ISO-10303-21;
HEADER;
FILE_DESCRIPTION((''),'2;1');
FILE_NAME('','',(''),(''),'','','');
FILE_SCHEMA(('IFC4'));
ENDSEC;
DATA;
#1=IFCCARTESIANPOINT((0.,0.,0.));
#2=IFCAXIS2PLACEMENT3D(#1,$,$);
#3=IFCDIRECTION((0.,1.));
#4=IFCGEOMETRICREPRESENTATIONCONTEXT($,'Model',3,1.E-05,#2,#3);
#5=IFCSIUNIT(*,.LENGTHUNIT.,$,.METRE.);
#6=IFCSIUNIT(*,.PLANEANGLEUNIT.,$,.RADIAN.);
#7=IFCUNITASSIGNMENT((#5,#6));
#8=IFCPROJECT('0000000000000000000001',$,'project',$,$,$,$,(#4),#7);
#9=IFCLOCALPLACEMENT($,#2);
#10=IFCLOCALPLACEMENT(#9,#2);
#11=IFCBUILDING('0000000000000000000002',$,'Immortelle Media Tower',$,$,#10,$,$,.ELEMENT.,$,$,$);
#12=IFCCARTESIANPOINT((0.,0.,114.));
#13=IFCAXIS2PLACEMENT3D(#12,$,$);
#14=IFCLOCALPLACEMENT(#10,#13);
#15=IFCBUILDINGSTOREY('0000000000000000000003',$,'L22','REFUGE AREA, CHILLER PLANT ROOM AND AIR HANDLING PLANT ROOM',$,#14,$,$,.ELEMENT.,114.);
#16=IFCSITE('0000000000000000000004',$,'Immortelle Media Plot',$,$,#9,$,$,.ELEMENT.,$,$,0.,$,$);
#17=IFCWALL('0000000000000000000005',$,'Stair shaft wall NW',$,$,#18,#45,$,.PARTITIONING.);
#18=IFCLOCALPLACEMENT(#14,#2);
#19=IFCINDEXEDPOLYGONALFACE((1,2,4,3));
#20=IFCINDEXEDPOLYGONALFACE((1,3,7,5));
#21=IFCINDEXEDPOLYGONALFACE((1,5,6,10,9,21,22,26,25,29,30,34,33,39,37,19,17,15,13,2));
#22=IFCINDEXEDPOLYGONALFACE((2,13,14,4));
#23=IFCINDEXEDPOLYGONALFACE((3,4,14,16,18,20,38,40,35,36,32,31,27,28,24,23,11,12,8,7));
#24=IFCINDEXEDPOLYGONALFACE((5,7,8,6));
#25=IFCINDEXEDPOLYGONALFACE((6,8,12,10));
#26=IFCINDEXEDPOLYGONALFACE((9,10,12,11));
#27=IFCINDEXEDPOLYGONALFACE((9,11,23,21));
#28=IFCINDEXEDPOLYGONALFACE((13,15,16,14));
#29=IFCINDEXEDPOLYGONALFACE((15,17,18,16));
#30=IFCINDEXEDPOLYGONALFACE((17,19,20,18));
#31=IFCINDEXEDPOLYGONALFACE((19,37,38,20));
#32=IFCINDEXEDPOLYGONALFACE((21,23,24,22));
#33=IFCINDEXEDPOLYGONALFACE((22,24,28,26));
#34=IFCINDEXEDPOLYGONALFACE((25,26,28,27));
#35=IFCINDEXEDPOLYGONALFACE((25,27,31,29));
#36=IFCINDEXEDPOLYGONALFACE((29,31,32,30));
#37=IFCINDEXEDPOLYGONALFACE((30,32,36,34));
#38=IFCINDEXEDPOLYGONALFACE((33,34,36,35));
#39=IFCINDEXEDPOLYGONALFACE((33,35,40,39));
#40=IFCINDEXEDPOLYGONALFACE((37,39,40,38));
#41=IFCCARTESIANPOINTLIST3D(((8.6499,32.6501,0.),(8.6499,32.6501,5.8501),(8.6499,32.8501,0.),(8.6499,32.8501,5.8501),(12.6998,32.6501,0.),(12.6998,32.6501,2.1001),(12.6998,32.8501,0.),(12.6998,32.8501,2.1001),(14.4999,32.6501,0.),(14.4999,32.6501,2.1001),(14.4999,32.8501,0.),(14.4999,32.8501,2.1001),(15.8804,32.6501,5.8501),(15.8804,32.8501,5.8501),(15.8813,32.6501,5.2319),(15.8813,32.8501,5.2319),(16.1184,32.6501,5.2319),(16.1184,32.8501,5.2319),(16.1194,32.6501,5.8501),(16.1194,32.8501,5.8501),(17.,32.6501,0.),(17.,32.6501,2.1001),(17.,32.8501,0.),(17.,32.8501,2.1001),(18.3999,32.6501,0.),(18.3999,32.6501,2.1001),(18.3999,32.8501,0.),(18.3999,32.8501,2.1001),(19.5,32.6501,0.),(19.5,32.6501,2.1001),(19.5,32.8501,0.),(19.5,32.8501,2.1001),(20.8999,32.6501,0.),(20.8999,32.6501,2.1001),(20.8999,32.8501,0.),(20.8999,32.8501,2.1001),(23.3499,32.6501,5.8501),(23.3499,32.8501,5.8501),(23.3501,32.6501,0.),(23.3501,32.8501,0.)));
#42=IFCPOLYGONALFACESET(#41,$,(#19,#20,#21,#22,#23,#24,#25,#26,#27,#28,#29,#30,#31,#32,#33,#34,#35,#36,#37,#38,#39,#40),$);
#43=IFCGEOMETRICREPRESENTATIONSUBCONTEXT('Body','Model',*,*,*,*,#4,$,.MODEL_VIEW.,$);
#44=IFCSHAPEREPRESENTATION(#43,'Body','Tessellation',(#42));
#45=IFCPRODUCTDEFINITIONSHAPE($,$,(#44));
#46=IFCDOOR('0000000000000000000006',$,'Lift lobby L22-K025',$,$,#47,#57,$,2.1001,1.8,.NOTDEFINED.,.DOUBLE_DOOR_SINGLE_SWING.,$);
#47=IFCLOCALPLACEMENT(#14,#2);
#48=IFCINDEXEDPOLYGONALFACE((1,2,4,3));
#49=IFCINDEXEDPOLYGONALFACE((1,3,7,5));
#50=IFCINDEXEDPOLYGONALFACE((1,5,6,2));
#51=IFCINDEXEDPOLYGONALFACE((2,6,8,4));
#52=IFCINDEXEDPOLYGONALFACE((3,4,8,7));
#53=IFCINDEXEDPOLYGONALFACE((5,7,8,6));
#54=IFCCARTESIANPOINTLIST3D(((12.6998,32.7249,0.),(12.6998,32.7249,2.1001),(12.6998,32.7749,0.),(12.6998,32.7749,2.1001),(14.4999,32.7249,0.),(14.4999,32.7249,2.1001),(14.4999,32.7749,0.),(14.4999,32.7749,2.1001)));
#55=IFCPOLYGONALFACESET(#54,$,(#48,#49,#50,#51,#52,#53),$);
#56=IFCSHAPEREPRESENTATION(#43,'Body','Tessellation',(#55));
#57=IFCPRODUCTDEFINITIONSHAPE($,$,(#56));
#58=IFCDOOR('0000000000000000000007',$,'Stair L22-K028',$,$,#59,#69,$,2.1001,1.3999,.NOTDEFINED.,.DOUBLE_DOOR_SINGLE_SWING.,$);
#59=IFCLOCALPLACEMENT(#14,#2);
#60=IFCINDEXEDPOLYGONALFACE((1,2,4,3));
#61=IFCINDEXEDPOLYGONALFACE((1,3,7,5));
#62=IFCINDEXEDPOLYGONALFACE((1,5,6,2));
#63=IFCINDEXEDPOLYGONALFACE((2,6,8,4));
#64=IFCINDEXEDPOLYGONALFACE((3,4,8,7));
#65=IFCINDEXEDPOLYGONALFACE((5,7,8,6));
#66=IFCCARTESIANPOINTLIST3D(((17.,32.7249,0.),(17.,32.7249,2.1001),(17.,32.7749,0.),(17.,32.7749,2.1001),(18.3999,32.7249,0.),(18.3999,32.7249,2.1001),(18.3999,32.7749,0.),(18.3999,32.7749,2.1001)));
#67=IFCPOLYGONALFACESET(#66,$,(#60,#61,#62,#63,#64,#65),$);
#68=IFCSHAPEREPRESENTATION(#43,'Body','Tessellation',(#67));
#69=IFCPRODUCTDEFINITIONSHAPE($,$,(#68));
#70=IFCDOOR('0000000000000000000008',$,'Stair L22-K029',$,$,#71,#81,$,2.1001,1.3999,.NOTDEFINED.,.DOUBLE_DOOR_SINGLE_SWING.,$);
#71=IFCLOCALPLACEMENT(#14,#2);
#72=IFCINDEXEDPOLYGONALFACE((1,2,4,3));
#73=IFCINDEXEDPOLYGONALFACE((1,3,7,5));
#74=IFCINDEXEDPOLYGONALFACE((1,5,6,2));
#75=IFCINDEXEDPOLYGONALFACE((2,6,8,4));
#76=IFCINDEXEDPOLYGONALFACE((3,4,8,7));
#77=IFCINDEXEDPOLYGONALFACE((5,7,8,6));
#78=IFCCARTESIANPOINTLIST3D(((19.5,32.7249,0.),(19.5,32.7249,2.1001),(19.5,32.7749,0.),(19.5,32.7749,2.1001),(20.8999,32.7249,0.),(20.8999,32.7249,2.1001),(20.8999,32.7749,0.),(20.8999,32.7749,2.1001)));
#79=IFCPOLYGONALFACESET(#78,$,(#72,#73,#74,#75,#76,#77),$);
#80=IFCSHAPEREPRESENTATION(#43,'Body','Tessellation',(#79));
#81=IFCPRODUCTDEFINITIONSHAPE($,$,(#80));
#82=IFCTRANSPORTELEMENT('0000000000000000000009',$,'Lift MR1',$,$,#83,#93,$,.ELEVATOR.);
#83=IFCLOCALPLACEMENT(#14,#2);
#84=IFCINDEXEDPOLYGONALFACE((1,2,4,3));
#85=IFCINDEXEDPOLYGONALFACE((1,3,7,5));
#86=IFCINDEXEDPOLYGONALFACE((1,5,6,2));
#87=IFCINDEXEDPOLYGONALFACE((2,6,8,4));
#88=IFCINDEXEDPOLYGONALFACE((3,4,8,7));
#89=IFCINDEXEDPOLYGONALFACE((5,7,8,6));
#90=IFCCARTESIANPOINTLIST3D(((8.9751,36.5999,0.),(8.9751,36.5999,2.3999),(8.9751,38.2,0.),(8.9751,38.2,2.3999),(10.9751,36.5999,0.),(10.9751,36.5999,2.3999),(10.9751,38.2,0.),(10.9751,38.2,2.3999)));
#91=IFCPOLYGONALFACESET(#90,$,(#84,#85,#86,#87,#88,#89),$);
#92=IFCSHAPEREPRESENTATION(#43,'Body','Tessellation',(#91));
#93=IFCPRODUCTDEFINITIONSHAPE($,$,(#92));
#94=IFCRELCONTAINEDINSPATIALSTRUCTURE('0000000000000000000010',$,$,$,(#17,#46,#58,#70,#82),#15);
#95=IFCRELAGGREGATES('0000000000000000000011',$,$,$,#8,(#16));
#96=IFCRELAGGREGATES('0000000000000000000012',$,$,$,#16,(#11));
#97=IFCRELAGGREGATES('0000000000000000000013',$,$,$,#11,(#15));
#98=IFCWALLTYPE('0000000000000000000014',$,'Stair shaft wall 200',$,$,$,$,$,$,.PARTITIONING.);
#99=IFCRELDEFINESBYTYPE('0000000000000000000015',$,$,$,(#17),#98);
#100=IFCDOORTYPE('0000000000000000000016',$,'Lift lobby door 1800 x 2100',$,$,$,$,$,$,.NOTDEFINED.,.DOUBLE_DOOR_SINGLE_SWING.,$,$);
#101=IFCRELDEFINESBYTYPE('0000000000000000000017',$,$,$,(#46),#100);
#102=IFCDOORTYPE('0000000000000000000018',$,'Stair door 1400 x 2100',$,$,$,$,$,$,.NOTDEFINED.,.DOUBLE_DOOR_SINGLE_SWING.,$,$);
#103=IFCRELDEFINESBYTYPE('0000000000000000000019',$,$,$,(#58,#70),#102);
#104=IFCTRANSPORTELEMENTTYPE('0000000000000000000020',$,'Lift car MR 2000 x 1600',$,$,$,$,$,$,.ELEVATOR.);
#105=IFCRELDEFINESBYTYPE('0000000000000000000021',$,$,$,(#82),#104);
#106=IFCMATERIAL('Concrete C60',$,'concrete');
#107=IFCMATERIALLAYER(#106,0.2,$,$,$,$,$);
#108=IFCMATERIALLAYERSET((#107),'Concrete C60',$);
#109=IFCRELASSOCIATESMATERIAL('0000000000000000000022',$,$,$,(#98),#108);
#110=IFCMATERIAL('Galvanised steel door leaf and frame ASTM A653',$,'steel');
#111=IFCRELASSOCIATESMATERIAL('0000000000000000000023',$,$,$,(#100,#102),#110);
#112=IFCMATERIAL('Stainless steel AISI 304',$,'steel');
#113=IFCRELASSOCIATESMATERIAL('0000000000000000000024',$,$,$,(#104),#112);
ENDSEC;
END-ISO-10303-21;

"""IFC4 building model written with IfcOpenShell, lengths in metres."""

from ifc_helpers import new_model, si_unit, direction, frame, frame_2d, origin, origin_2d, place, context, subcontext, project, spatial, polyline, rectangle, outline, extrude, material, layer, layer_set, type_object, element, fill, save


model = new_model("IFC4")

# Units and contexts
model_context = context("Model", 3, precision=1e-05, world=origin(), true_north=direction((0.0, 1.0)))
body_context = subcontext(model_context, "Body", "Model", "MODEL_VIEW")
ifc_project = project(units=[si_unit("LENGTHUNIT", "METRE"), si_unit("PLANEANGLEUNIT", "RADIAN")], contexts=[model_context])

# Site, building, storey
site_placement = place(None, origin())
site = spatial("IfcSite", under=ifc_project, at=site_placement, Name="Immortelle Media Plot", CompositionType="ELEMENT", RefElevation=0.0)
building_placement = place(site_placement, origin())
building = spatial("IfcBuilding", under=site, at=building_placement, Name="Immortelle Media Tower", CompositionType="ELEMENT")
storey_placement = place(building_placement, frame((0.0, 0.0, 114.0)))
storey = spatial("IfcBuildingStorey", under=building, at=storey_placement, Name="L22", Description="REFUGE AREA, CHILLER PLANT ROOM AND AIR HANDLING PLANT ROOM", CompositionType="ELEMENT", Elevation=114.0)

# Shared definitions
ifc_material_1 = material(Name="Galvanised steel door leaf and frame ASTM A653", Category="steel")

# Shared definitions
ifc_material_2 = material(Name="Stainless steel AISI 304", Category="steel")

# Wall, openings, doors
ifc_material_3 = material(Name="Concrete C60", Category="concrete")
ifc_layer_1 = layer(ifc_material_3, 0.2)
ifc_layer_set_1 = layer_set([ifc_layer_1], Name="Concrete C60")
wall_type_1 = type_object("IfcWallType", Name="Stair shaft wall 200", PredefinedType="PARTITIONING", material=ifc_layer_set_1)
wall_1_placement = place(storey_placement, frame((8.6499, 32.75, 0.0), z_axis=(0.0, 0.0, 1.0), x_axis=(1.0, 0.0, 0.0)))
wall_1 = element("IfcWall", 1, at=wall_1_placement, inside=storey, type_object=wall_type_1, Name="Stair shaft wall NW", PredefinedType="PARTITIONING", context=body_context, shape_type="SweptSolid", body=[
    extrude(outline(polyline([(0.0, 0.0), (14.7002, 0.0), (14.7, 5.8501), (7.4695, 5.8501), (7.4685, 5.2319), (7.2314, 5.2319), (7.2305, 5.8501), (0.0, 5.8501), (0.0, 0.0)])), frame((0.0, 0.1001, 0.0), z_axis=(0.0, -1.0, 0.0), x_axis=(1.0, 0.0, 0.0)), (0.0, 0.0, 1.0), 0.2),
])
opening_1_placement = place(wall_1_placement, frame((4.05, 0.0, 0.0)))
opening_1 = element("IfcOpeningElement", 2, at=opening_1_placement, cuts=wall_1, PredefinedType="OPENING", context=body_context, shape_type="SweptSolid", body=[
    extrude(rectangle(XDim=1.8, YDim=2.1001, at=frame_2d((0.8999, 1.05))), frame((0.0, 0.1099, 0.0), z_axis=(0.0, -1.0, 0.0), x_axis=(1.0, 0.0, 0.0)), (0.0, 0.0, 1.0), 0.22),
])
opening_2_placement = place(wall_1_placement, frame((8.3501, 0.0, 0.0)))
opening_2 = element("IfcOpeningElement", 3, at=opening_2_placement, cuts=wall_1, PredefinedType="OPENING", context=body_context, shape_type="SweptSolid", body=[
    extrude(rectangle(XDim=1.3999, YDim=2.1001, at=frame_2d((0.7, 1.05))), frame((0.0, 0.1099, 0.0), z_axis=(0.0, -1.0, 0.0), x_axis=(1.0, 0.0, 0.0)), (0.0, 0.0, 1.0), 0.22),
])
opening_3_placement = place(wall_1_placement, frame((10.8501, 0.0, 0.0)))
opening_3 = element("IfcOpeningElement", 4, at=opening_3_placement, cuts=wall_1, PredefinedType="OPENING", context=body_context, shape_type="SweptSolid", body=[
    extrude(rectangle(XDim=1.3999, YDim=2.1001, at=frame_2d((0.7, 1.05))), frame((0.0, 0.1099, 0.0), z_axis=(0.0, -1.0, 0.0), x_axis=(1.0, 0.0, 0.0)), (0.0, 0.0, 1.0), 0.22),
])
door_type_1 = type_object("IfcDoorType", Name="Lift lobby door 1800 x 2100", OperationType="DOUBLE_DOOR_SINGLE_SWING", PredefinedType="NOTDEFINED", material=ifc_material_1)
door_1_placement = place(opening_1_placement, origin())
door_1 = element("IfcDoor", 5, at=door_1_placement, inside=storey, type_object=door_type_1, Name="Lift lobby L22-K025", OperationType="DOUBLE_DOOR_SINGLE_SWING", OverallHeight=2.1001, OverallWidth=1.8, PredefinedType="NOTDEFINED", context=body_context, shape_type="SweptSolid", body=[
    extrude(rectangle(XDim=1.8, YDim=2.1001, at=frame_2d((0.8999, 1.05))), frame((0.0, 0.0249, 0.0), z_axis=(0.0, -1.0, 0.0), x_axis=(1.0, 0.0, 0.0)), (0.0, 0.0, 1.0), 0.05),
])
fill(opening_1, door_1)
door_type_2 = type_object("IfcDoorType", Name="Stair door 1400 x 2100", OperationType="DOUBLE_DOOR_SINGLE_SWING", PredefinedType="NOTDEFINED", material=ifc_material_1)
door_2_placement = place(opening_2_placement, origin())
door_2 = element("IfcDoor", 6, at=door_2_placement, inside=storey, type_object=door_type_2, Name="Stair L22-K028", OperationType="DOUBLE_DOOR_SINGLE_SWING", OverallHeight=2.1001, OverallWidth=1.3999, PredefinedType="NOTDEFINED", context=body_context, shape_type="SweptSolid", body=[
    extrude(rectangle(XDim=1.3999, YDim=2.1001, at=frame_2d((0.7, 1.05))), frame((0.0, 0.0249, 0.0), z_axis=(0.0, -1.0, 0.0), x_axis=(1.0, 0.0, 0.0)), (0.0, 0.0, 1.0), 0.05),
])
fill(opening_2, door_2)
door_3_placement = place(opening_3_placement, origin())
door_3 = element("IfcDoor", 7, at=door_3_placement, inside=storey, type_object=door_type_2, Name="Stair L22-K029", OperationType="DOUBLE_DOOR_SINGLE_SWING", OverallHeight=2.1001, OverallWidth=1.3999, PredefinedType="NOTDEFINED", context=body_context, shape_type="SweptSolid", body=[
    extrude(rectangle(XDim=1.3999, YDim=2.1001, at=frame_2d((0.7, 1.05))), frame((0.0, 0.0249, 0.0), z_axis=(0.0, -1.0, 0.0), x_axis=(1.0, 0.0, 0.0)), (0.0, 0.0, 1.0), 0.05),
])
fill(opening_3, door_3)

# Transport element
transport_element_type = type_object("IfcTransportElementType", Name="Lift car MR 2000 x 1600", PredefinedType="ELEVATOR", material=ifc_material_2)
transport_element_placement = place(storey_placement, frame((9.9751, 37.3999, 0.0), z_axis=(0.0, 0.0, 1.0), x_axis=(1.0, 0.0, 0.0)))
element("IfcTransportElement", 8, at=transport_element_placement, inside=storey, type_object=transport_element_type, Name="Lift MR1", PredefinedType="ELEVATOR", context=body_context, shape_type="SweptSolid", body=[
    extrude(rectangle(XDim=2.0, YDim=1.6001, at=origin_2d()), origin(), (0.0, 0.0, 1.0), 2.3999),
])

save(model, "model.ifc")
